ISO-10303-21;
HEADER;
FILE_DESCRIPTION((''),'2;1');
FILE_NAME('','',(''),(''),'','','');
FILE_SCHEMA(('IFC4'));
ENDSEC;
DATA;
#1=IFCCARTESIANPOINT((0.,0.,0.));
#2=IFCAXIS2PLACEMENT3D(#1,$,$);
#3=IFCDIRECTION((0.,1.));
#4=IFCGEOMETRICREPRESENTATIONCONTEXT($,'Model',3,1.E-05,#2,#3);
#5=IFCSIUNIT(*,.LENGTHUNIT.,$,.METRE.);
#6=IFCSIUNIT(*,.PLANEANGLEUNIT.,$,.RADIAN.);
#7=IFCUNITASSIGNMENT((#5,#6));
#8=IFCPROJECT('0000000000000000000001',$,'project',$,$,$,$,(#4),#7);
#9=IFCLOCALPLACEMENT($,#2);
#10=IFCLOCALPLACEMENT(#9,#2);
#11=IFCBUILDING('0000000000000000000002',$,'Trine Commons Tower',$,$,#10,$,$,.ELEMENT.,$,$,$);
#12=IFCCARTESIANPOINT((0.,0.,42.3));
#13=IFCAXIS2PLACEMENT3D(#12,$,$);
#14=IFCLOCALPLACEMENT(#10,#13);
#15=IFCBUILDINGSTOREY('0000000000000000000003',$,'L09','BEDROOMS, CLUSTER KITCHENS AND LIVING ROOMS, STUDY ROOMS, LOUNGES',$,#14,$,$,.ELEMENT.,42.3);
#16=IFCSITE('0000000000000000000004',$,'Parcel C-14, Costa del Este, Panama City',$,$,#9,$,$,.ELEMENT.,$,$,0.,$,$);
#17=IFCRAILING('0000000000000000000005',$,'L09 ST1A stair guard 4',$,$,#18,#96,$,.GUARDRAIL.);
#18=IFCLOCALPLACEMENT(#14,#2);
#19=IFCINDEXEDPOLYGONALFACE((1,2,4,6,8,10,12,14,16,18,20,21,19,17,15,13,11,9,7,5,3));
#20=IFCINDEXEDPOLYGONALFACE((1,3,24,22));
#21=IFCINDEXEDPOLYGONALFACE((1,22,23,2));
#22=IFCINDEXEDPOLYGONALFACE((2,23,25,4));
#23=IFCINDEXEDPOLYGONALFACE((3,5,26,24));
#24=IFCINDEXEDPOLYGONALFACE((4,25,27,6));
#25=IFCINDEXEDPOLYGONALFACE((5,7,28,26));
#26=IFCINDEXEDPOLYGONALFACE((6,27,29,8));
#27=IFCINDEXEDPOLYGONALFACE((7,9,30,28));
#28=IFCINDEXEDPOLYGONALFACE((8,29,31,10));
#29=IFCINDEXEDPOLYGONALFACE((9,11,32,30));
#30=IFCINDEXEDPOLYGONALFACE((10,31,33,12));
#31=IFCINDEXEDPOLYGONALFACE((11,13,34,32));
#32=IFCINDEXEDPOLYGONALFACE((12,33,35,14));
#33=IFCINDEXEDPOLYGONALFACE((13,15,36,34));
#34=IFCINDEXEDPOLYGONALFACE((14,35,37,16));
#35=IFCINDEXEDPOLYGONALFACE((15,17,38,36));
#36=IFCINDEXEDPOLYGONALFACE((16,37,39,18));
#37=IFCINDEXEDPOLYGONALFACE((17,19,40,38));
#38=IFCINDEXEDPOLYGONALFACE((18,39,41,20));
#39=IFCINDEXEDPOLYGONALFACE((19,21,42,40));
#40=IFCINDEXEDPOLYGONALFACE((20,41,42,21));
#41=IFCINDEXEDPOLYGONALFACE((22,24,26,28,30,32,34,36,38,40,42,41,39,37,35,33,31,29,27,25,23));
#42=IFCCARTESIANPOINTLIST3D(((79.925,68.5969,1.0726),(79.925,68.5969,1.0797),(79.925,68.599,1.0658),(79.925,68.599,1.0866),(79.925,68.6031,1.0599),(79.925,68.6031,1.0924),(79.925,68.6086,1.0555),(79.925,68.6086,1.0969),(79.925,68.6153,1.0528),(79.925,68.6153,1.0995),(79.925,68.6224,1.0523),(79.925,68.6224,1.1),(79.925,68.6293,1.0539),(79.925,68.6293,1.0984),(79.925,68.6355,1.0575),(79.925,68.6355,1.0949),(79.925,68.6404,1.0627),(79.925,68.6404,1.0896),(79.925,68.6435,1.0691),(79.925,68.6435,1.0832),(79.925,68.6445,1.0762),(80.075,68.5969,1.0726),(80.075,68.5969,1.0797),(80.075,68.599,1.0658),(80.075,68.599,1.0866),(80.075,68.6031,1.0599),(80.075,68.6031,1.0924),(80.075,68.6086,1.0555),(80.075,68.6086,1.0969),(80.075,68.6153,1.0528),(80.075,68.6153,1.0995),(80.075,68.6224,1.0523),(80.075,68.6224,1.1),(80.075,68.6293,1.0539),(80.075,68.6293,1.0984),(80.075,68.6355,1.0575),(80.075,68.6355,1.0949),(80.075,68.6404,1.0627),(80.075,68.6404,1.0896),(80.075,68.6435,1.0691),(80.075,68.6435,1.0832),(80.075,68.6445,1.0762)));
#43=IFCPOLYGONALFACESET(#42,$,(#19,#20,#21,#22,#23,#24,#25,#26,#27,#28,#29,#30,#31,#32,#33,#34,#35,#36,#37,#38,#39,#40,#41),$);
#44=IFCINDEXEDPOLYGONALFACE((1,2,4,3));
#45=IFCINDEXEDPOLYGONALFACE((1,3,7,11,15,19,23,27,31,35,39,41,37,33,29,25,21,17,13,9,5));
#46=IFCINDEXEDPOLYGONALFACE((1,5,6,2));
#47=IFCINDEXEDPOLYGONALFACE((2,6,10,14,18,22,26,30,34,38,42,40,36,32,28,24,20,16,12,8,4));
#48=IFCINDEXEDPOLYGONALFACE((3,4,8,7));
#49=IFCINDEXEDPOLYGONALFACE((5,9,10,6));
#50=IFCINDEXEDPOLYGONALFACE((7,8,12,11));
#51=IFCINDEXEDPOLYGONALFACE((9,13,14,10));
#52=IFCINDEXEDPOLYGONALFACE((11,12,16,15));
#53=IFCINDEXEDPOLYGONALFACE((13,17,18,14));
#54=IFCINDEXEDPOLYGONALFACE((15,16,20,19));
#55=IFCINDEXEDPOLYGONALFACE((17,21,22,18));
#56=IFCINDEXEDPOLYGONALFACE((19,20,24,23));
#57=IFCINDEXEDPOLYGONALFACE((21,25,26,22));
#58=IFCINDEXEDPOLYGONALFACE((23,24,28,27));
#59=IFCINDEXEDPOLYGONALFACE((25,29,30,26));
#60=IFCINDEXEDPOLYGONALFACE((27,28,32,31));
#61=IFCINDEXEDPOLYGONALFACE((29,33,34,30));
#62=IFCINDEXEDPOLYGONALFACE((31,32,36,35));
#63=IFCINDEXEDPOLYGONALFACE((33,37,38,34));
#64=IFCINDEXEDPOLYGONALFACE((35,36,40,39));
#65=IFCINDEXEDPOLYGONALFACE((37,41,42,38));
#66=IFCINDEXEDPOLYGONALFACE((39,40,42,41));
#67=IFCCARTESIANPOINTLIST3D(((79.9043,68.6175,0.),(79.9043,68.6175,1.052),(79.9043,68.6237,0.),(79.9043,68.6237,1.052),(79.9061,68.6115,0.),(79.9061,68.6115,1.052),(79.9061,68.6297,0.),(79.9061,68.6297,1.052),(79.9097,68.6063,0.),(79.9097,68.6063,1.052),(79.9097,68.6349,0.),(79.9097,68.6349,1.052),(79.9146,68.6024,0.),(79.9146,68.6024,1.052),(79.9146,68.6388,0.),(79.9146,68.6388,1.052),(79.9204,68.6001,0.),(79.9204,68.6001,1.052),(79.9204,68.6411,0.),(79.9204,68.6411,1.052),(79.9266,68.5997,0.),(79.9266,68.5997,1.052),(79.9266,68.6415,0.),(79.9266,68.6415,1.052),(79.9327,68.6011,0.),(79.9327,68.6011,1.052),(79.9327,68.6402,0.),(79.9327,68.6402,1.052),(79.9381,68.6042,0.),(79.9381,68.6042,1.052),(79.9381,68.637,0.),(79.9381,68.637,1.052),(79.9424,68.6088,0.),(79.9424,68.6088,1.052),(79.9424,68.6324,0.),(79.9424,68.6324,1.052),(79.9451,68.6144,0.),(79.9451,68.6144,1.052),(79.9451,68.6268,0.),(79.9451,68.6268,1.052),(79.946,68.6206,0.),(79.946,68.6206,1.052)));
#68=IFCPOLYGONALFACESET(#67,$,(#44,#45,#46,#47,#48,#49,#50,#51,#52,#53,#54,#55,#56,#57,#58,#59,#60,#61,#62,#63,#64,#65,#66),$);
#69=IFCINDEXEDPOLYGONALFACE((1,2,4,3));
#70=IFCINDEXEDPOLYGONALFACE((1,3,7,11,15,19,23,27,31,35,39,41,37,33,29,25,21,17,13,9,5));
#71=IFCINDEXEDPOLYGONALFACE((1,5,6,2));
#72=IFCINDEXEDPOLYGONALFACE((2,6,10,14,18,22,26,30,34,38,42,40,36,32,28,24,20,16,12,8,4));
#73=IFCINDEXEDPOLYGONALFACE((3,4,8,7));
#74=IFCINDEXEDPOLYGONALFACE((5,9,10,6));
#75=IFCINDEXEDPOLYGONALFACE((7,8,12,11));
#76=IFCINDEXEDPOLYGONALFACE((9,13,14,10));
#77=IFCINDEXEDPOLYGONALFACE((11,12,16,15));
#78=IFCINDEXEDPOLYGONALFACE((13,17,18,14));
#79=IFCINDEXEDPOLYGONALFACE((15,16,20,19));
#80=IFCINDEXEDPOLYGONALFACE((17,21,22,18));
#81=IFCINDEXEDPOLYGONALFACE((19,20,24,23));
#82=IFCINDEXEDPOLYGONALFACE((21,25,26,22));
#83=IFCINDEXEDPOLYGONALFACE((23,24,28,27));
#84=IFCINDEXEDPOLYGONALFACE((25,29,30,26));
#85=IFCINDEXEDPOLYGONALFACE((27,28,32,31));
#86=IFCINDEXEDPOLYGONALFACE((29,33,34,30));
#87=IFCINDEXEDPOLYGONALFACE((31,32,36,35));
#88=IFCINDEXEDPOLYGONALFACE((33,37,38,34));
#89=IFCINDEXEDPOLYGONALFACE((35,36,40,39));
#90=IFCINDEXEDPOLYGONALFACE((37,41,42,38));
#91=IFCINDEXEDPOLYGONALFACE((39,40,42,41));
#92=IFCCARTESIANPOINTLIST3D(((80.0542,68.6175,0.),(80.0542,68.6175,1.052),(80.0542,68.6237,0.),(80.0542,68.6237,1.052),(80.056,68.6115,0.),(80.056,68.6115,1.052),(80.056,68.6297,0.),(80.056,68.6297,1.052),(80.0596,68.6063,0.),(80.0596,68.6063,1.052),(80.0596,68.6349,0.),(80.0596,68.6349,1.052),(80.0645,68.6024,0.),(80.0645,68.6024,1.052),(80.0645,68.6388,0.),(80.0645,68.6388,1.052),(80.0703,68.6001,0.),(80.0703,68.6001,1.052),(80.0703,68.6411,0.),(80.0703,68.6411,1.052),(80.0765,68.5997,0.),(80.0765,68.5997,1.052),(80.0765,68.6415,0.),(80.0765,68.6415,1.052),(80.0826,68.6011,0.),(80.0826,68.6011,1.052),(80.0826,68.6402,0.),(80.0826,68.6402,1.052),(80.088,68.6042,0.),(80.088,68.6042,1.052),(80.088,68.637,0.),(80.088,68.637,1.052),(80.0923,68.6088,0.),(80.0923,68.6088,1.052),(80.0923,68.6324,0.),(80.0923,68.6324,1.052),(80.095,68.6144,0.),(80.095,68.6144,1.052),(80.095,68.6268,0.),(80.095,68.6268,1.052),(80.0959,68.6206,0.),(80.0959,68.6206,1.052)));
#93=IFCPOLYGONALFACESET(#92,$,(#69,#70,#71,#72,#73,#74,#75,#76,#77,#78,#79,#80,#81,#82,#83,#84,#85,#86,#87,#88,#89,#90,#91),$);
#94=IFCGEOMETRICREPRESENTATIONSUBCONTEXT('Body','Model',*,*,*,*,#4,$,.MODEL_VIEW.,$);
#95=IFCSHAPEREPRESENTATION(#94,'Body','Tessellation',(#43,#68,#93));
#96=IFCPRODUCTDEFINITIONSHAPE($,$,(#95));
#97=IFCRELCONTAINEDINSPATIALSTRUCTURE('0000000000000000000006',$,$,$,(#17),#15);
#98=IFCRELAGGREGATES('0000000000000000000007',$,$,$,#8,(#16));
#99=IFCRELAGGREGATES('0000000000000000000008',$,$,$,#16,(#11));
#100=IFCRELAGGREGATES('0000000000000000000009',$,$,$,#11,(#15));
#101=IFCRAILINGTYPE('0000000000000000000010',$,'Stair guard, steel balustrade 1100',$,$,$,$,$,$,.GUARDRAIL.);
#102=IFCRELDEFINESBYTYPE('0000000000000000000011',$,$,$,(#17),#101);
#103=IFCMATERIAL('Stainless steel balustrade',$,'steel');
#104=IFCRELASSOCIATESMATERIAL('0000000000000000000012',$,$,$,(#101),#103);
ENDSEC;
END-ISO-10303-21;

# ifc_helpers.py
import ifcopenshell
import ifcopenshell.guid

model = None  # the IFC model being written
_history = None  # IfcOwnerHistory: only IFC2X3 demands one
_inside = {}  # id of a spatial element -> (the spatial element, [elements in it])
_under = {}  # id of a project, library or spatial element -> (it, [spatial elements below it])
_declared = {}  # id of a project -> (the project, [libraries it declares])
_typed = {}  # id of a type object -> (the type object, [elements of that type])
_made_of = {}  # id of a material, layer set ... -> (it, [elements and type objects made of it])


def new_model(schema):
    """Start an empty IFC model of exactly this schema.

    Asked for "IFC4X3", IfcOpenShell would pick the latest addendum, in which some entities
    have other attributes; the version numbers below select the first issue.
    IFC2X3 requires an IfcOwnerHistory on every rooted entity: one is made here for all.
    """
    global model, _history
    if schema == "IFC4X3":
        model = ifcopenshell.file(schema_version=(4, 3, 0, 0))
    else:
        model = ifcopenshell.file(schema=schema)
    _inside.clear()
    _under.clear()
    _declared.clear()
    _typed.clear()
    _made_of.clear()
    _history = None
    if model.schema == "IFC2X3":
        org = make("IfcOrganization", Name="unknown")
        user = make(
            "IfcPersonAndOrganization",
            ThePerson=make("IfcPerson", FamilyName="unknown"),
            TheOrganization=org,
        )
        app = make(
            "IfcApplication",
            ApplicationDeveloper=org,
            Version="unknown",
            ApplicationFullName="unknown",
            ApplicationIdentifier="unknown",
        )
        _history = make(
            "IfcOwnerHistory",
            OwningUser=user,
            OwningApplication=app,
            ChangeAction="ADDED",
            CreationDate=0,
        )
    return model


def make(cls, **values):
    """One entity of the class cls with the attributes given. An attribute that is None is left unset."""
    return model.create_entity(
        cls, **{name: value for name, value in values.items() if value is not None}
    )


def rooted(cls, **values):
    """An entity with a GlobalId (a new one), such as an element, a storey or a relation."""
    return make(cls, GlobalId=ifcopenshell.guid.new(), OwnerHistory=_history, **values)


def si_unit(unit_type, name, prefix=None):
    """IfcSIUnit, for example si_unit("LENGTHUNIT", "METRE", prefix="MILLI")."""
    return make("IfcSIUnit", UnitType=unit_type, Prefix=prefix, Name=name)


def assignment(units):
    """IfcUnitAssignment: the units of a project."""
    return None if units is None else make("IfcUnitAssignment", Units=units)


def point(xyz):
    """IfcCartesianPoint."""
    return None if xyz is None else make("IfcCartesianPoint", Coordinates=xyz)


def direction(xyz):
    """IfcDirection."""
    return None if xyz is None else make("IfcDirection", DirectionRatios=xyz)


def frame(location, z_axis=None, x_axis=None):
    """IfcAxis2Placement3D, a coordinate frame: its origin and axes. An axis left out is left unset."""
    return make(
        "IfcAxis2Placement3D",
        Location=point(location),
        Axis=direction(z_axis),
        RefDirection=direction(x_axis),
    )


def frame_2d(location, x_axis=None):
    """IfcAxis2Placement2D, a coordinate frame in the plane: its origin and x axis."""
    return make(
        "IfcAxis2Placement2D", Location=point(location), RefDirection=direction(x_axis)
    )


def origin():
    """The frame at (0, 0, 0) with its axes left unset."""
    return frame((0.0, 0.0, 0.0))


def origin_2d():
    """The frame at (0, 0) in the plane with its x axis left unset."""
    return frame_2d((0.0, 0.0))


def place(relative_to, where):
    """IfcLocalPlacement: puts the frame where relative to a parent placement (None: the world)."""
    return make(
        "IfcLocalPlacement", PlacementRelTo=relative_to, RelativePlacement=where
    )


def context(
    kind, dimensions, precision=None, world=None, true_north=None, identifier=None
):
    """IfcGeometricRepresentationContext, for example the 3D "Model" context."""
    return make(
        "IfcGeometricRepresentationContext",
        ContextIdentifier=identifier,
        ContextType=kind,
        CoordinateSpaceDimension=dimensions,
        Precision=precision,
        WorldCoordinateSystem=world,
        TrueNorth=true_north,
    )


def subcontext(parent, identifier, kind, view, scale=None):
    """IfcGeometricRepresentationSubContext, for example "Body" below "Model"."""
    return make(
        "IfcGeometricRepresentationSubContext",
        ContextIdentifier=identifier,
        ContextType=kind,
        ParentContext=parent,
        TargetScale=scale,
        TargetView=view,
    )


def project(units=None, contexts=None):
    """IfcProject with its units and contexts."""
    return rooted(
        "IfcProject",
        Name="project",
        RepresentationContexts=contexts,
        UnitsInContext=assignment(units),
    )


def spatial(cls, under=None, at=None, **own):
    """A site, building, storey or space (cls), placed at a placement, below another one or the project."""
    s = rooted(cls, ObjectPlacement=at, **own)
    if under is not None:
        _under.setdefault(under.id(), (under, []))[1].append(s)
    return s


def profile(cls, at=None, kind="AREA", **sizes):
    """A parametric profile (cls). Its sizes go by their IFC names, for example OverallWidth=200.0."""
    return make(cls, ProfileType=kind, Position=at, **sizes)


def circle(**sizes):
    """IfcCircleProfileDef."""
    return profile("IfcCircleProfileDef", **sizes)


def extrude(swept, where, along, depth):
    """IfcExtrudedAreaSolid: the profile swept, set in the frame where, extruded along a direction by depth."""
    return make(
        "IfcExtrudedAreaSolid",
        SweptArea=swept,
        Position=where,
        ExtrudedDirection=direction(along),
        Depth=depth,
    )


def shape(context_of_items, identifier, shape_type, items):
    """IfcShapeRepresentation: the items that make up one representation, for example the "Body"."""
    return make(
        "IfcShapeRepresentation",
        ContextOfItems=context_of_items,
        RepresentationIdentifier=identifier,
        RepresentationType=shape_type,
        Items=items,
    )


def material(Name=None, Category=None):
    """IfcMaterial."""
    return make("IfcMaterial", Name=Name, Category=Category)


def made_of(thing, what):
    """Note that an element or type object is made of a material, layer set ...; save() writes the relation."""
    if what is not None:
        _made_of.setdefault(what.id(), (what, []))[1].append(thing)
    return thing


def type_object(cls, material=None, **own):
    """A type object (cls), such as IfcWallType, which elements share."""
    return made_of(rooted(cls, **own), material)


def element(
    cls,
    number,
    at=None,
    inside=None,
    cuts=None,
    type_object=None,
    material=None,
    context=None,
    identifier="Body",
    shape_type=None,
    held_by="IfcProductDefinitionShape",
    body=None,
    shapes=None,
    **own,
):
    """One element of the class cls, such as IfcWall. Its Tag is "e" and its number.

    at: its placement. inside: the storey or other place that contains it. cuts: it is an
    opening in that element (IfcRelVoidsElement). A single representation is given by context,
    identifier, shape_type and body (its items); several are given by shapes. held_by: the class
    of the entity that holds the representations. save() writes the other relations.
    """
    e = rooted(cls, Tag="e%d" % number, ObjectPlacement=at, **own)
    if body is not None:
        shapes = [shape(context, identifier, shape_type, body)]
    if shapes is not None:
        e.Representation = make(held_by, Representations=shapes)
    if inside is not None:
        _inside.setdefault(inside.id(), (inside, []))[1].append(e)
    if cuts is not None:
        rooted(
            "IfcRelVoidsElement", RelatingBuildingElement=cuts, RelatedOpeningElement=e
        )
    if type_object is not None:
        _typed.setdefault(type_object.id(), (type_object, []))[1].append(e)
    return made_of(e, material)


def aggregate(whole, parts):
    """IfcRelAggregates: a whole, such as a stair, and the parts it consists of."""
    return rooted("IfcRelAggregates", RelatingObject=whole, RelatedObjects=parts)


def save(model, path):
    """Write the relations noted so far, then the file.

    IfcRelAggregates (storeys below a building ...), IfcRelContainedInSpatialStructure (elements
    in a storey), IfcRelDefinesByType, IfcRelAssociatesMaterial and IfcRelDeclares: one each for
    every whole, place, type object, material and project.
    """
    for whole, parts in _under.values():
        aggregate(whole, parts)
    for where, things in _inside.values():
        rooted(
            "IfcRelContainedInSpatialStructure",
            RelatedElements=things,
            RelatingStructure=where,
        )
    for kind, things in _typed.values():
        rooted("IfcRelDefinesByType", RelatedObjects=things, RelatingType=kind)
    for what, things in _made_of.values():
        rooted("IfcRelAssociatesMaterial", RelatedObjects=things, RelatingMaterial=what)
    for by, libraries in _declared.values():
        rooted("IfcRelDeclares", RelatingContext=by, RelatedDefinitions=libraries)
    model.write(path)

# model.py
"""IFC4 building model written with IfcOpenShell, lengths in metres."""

from ifc_helpers import new_model, si_unit, direction, frame, origin, origin_2d, place, context, subcontext, project, spatial, circle, extrude, material, type_object, element, save


model = new_model("IFC4")

# Units and contexts
model_context = context("Model", 3, precision=1e-05, world=origin(), true_north=direction((0.0, 1.0)))
body_context = subcontext(model_context, "Body", "Model", "MODEL_VIEW")
ifc_project = project(units=[si_unit("LENGTHUNIT", "METRE"), si_unit("PLANEANGLEUNIT", "RADIAN")], contexts=[model_context])

# Site, building, storey
site_placement = place(None, origin())
site = spatial("IfcSite", under=ifc_project, at=site_placement, Name="Parcel C-14, Costa del Este, Panama City", CompositionType="ELEMENT", RefElevation=0.0)
building_placement = place(site_placement, origin())
building = spatial("IfcBuilding", under=site, at=building_placement, Name="Trine Commons Tower", CompositionType="ELEMENT")
storey_placement = place(building_placement, frame((0.0, 0.0, 42.3)))
storey = spatial("IfcBuildingStorey", under=building, at=storey_placement, Name="L09", Description="BEDROOMS, CLUSTER KITCHENS AND LIVING ROOMS, STUDY ROOMS, LOUNGES", CompositionType="ELEMENT", Elevation=42.3)

# Railing
ifc_material_1 = material(Name="Stainless steel balustrade", Category="steel")
railing_type_1 = type_object("IfcRailingType", Name="Stair guard, steel balustrade 1100", PredefinedType="GUARDRAIL", material=ifc_material_1)
railing_1_placement = place(storey_placement, frame((79.925, 68.6206, 0.0)))
element("IfcRailing", 1, at=railing_1_placement, inside=storey, type_object=railing_type_1, Name="L09 ST1A stair guard 4", PredefinedType="GUARDRAIL", context=body_context, shape_type="SweptSolid", body=[
    extrude(circle(Radius=0.0239, at=origin_2d()), frame((0.0, 0.0, 1.0762), z_axis=(1.0, 0.0, 0.0), x_axis=(0.0, 1.0, 0.0)), (0.0, 0.0, 1.0), 0.1499),
    extrude(circle(Radius=0.021, at=origin_2d()), origin(), (0.0, 0.0, 1.0), 1.052),
    extrude(circle(Radius=0.021, at=origin_2d()), frame((0.1499, 0.0, 0.0)), (0.0, 0.0, 1.0), 1.052),
])

save(model, "model.ifc")
